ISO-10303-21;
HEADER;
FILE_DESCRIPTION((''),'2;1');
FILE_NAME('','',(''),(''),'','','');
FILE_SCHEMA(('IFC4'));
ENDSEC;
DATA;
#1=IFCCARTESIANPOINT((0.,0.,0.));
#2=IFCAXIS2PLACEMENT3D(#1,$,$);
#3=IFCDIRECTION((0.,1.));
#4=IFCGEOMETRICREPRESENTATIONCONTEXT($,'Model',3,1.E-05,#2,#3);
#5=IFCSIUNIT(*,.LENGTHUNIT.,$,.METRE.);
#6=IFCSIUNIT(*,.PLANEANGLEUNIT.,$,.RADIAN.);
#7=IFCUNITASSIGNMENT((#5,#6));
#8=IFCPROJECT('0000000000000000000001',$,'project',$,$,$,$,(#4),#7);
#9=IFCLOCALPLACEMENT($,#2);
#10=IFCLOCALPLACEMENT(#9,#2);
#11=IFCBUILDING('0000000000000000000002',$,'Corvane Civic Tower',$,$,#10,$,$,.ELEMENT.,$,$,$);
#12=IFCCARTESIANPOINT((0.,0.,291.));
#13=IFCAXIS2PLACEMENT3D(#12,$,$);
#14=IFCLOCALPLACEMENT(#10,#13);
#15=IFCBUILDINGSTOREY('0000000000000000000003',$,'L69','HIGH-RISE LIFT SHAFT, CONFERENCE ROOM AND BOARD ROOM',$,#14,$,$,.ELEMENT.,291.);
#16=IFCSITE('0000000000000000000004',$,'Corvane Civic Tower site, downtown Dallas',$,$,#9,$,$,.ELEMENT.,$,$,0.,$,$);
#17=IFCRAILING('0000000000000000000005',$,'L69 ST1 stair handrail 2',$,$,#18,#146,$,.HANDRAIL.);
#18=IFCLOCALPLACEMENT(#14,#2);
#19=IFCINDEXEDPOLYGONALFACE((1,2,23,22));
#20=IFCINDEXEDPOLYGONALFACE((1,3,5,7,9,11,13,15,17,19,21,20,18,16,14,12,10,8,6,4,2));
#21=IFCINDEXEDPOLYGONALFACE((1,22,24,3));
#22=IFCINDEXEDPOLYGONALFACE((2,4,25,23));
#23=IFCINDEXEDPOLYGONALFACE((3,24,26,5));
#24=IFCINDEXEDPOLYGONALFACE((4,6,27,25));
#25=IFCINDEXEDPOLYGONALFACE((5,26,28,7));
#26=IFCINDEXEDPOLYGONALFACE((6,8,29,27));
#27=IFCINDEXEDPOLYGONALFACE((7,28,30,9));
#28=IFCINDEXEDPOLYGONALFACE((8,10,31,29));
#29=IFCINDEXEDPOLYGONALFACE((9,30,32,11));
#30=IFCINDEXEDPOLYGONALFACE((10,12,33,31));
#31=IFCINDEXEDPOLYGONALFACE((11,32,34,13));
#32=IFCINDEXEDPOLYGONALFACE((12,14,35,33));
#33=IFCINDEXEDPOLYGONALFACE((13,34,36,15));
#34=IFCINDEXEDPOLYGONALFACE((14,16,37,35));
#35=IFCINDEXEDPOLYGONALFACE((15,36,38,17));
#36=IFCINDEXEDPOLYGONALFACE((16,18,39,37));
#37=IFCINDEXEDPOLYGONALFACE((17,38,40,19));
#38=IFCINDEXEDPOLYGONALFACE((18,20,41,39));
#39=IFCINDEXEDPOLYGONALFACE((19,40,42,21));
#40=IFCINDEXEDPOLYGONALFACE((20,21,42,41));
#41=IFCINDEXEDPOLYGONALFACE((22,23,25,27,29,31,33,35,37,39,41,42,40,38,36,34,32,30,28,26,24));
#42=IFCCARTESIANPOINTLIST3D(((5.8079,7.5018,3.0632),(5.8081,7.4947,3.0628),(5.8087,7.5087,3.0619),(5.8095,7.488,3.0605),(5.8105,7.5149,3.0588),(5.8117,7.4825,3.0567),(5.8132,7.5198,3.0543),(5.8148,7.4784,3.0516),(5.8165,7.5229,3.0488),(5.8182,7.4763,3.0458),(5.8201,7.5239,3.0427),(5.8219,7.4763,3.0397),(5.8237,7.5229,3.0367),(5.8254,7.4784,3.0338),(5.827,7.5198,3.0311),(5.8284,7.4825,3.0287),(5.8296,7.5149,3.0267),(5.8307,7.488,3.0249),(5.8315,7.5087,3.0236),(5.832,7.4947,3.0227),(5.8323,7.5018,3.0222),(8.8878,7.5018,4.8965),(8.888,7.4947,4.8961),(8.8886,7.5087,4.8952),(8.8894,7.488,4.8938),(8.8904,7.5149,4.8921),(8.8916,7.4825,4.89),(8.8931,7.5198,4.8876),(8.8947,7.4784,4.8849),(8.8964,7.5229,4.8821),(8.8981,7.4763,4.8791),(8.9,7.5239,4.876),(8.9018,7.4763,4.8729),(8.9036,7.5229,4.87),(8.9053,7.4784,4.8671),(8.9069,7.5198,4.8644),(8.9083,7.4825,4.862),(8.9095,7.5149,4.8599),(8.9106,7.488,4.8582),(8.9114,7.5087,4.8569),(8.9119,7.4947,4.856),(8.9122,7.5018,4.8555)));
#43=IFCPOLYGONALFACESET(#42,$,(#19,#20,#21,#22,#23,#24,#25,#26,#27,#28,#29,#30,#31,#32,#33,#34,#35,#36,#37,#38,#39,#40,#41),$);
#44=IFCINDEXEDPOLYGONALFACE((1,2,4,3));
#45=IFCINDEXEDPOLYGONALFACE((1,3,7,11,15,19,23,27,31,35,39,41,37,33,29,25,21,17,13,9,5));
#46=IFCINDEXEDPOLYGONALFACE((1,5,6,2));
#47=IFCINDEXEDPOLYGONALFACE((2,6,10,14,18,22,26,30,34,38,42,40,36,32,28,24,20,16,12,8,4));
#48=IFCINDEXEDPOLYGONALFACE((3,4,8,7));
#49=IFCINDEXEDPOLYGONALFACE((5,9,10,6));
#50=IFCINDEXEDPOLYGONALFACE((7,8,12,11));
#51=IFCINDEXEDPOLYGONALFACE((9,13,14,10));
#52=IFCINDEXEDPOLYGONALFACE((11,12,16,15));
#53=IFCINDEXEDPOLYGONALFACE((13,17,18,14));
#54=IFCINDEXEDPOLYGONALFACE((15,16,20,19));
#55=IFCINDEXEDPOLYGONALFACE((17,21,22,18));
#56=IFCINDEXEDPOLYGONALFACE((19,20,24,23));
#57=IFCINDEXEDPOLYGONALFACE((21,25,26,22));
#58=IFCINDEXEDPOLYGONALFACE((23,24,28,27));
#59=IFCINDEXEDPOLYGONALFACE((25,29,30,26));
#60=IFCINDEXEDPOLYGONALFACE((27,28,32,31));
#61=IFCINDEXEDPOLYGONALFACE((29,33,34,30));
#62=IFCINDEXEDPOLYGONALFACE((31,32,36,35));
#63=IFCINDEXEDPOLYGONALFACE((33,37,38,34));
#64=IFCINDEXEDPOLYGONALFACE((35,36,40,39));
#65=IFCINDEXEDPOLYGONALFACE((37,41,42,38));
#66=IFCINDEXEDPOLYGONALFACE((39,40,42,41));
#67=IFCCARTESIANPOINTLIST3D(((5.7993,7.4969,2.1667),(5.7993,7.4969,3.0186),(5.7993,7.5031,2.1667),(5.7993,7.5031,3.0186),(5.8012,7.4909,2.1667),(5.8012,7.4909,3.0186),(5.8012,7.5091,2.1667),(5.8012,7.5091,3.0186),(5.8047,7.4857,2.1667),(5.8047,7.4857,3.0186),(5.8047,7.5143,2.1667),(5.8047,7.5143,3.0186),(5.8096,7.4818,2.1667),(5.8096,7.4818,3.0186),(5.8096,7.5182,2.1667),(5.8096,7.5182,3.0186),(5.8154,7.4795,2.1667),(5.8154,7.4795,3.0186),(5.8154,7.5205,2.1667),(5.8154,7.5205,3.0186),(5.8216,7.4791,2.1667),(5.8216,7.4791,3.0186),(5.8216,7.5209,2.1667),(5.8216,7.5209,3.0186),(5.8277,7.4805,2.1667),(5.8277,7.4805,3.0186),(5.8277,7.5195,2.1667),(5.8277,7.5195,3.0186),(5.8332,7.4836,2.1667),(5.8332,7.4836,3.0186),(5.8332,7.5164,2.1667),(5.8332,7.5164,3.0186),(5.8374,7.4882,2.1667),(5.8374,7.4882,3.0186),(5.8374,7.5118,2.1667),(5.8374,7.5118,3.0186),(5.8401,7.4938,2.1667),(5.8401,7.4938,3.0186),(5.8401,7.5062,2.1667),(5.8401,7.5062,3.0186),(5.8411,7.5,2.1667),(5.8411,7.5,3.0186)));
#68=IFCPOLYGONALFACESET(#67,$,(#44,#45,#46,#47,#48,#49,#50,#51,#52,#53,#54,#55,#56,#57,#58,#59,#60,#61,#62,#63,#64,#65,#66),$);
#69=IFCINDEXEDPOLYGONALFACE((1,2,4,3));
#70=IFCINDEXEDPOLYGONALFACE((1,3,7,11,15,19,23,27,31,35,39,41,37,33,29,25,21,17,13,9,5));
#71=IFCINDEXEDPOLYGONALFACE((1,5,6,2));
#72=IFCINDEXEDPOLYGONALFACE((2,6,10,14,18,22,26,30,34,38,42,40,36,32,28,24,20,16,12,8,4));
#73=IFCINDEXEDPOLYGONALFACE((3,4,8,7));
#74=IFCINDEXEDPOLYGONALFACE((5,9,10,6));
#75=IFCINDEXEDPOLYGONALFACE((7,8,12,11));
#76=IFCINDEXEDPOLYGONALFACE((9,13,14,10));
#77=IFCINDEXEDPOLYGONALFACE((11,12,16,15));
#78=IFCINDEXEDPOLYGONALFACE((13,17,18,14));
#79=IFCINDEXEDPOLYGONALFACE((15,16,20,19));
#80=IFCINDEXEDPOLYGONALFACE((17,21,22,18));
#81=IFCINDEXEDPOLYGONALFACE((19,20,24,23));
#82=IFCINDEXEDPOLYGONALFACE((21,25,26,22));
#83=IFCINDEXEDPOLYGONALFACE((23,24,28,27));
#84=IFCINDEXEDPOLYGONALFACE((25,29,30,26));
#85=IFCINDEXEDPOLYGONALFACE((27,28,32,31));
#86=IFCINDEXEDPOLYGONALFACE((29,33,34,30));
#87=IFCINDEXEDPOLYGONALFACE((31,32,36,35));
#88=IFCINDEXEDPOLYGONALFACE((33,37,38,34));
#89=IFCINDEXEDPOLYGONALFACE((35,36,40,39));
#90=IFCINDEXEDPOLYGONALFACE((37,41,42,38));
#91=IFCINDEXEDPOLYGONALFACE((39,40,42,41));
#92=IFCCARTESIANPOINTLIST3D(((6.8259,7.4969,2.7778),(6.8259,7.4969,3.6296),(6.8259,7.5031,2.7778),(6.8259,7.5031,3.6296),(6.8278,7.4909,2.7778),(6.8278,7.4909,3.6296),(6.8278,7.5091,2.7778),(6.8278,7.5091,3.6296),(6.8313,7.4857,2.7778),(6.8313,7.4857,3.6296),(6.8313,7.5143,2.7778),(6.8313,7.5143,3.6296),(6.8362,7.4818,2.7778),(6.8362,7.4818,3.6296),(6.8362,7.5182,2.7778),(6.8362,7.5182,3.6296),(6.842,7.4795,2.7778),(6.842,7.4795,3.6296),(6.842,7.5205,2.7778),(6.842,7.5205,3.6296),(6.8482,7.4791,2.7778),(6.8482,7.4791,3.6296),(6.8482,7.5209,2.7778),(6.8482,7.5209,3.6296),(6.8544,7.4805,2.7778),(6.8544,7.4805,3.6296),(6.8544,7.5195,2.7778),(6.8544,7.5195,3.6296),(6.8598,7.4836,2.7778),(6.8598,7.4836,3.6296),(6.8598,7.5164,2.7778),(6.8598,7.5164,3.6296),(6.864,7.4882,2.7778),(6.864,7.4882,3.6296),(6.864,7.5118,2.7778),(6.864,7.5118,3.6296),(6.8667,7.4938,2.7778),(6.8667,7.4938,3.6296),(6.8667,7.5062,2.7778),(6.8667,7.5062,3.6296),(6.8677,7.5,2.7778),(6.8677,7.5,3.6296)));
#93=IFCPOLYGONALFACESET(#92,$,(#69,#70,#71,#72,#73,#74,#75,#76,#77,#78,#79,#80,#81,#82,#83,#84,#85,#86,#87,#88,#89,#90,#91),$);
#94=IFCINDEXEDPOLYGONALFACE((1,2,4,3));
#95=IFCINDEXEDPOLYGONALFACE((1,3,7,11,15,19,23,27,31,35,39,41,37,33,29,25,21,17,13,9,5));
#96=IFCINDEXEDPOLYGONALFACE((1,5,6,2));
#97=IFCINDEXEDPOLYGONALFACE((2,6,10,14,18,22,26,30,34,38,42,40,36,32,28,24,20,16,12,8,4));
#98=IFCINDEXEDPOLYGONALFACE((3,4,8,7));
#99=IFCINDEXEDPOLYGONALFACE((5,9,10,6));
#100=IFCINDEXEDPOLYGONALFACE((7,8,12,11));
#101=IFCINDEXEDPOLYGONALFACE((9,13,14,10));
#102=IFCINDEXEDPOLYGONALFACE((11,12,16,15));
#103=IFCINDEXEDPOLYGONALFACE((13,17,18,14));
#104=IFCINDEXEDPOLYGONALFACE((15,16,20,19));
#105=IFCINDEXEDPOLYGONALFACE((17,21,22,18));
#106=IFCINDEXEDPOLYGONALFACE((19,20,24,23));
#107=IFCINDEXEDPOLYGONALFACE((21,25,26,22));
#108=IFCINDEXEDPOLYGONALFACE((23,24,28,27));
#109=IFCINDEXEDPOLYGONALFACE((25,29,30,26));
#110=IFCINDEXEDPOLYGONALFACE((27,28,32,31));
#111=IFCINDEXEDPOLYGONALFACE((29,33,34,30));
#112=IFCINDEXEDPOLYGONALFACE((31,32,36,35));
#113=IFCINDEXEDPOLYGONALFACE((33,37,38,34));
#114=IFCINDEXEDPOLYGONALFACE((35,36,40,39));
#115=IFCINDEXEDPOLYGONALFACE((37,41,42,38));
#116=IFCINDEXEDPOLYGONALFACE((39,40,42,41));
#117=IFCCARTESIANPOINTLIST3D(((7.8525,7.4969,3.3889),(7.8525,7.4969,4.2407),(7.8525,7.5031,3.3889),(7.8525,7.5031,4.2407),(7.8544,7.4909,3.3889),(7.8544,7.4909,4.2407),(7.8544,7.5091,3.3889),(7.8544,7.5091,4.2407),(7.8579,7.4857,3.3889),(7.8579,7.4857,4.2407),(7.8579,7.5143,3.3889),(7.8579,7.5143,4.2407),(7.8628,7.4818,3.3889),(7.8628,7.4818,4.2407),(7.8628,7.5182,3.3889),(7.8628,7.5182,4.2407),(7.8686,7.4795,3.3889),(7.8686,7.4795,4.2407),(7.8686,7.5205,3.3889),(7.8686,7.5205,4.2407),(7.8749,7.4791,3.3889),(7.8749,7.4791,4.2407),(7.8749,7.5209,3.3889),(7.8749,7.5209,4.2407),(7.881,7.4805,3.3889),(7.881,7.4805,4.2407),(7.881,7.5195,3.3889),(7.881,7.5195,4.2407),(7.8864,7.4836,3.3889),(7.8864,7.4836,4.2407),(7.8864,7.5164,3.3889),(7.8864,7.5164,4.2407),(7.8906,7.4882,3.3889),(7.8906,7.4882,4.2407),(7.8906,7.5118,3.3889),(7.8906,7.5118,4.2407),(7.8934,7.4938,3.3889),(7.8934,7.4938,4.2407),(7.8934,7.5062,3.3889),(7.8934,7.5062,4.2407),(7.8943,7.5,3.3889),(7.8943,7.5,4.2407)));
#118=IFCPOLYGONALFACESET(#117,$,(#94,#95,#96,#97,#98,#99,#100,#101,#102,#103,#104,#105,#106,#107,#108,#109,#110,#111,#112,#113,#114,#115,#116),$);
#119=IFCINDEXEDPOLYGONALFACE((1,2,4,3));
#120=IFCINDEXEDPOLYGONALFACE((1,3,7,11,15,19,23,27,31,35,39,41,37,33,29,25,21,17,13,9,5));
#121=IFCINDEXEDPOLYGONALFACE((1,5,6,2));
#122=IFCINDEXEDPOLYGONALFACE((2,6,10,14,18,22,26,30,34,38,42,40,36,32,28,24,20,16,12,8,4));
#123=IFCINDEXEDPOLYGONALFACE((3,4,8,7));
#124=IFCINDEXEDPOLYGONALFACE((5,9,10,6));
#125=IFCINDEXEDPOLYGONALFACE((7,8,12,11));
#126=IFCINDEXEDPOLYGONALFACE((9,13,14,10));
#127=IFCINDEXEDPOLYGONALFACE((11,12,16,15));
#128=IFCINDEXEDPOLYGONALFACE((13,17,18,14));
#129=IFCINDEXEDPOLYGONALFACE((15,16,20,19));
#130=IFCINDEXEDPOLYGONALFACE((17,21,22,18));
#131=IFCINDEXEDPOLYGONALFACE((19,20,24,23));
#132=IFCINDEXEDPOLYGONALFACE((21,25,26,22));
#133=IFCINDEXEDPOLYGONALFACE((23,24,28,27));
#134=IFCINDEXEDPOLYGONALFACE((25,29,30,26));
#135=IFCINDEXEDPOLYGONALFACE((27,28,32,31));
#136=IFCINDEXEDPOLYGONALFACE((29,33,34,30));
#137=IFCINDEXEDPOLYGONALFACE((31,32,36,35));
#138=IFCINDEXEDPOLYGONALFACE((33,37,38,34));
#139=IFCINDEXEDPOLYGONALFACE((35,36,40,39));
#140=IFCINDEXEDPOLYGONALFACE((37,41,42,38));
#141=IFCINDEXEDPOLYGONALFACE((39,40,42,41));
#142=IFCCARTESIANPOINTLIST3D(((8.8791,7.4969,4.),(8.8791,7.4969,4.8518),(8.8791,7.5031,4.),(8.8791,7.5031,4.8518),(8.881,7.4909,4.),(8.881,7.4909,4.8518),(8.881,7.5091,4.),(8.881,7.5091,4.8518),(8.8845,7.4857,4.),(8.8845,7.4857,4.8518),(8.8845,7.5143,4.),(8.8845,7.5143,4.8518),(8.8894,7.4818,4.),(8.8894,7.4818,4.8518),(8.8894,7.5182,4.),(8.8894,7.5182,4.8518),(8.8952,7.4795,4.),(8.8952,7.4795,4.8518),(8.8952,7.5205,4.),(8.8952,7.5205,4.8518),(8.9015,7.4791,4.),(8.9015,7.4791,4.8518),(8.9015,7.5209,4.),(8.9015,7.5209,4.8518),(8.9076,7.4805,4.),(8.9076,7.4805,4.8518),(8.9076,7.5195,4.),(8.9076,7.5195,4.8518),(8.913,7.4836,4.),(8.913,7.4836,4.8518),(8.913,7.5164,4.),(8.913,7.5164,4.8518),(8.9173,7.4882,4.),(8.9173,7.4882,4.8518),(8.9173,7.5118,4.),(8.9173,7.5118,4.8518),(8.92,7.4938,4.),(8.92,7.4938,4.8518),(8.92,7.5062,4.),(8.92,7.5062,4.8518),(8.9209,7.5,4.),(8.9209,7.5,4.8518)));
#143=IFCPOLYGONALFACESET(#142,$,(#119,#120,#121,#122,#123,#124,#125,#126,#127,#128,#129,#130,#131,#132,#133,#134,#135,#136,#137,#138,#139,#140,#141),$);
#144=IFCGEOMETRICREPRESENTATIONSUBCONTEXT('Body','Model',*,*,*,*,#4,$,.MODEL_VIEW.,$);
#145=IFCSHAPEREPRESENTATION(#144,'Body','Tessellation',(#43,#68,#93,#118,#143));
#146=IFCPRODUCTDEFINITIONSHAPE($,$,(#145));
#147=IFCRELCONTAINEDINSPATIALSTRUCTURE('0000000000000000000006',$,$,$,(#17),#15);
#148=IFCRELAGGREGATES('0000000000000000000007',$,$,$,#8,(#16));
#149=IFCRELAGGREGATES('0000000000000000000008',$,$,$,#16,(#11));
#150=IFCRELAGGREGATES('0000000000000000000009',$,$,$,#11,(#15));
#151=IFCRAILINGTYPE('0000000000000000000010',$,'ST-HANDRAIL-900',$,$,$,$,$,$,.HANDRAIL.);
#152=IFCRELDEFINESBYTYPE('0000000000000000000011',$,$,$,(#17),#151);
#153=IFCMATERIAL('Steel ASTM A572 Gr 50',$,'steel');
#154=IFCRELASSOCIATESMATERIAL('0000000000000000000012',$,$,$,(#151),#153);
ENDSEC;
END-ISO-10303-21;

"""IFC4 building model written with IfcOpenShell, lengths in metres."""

from ifc_helpers import new_model, si_unit, direction, frame, origin, origin_2d, place, context, subcontext, project, spatial, circle, extrude, material, type_object, element, save


model = new_model("IFC4")

# Units and contexts
model_context = context("Model", 3, precision=1e-05, world=origin(), true_north=direction((0.0, 1.0)))
body_context = subcontext(model_context, "Body", "Model", "MODEL_VIEW")
ifc_project = project(units=[si_unit("LENGTHUNIT", "METRE"), si_unit("PLANEANGLEUNIT", "RADIAN")], contexts=[model_context])

# Site, building, storey
site_placement = place(None, origin())
site = spatial("IfcSite", under=ifc_project, at=site_placement, Name="Corvane Civic Tower site, downtown Dallas", CompositionType="ELEMENT", RefElevation=0.0)
building_placement = place(site_placement, origin())
building = spatial("IfcBuilding", under=site, at=building_placement, Name="Corvane Civic Tower", CompositionType="ELEMENT")
storey_placement = place(building_placement, frame((0.0, 0.0, 291.0)))
storey = spatial("IfcBuildingStorey", under=building, at=storey_placement, Name="L69", Description="HIGH-RISE LIFT SHAFT, CONFERENCE ROOM AND BOARD ROOM", CompositionType="ELEMENT", Elevation=291.0)

# Railing
ifc_material_1 = material(Name="Steel ASTM A572 Gr 50", Category="steel")
railing_type_1 = type_object("IfcRailingType", Name="ST-HANDRAIL-900", PredefinedType="HANDRAIL", material=ifc_material_1)
railing_1_placement = place(storey_placement, frame((5.8201, 7.5, 2.1667)))
element("IfcRailing", 1, at=railing_1_placement, inside=storey, type_object=railing_type_1, Name="L69 ST1 stair handrail 2", PredefinedType="HANDRAIL", context=body_context, shape_type="SweptSolid", body=[
    extrude(circle(Radius=0.0239, at=origin_2d()), frame((0.0, 0.0, 0.876), z_axis=(0.859291, 0.0, 0.511487), x_axis=(0.0, 1.0, 0.0)), (0.0, 0.0, 1.0), 3.5842),
    extrude(circle(Radius=0.021, at=origin_2d()), origin(), (0.0, 0.0, 1.0), 0.8518),
    extrude(circle(Radius=0.021, at=origin_2d()), frame((1.0266, 0.0, 0.6111)), (0.0, 0.0, 1.0), 0.8518),
    extrude(circle(Radius=0.021, at=origin_2d()), frame((2.0532, 0.0, 1.2222)), (0.0, 0.0, 1.0), 0.8518),
    extrude(circle(Radius=0.021, at=origin_2d()), frame((3.0798, 0.0, 1.8333)), (0.0, 0.0, 1.0), 0.8518),
])

save(model, "model.ifc")
